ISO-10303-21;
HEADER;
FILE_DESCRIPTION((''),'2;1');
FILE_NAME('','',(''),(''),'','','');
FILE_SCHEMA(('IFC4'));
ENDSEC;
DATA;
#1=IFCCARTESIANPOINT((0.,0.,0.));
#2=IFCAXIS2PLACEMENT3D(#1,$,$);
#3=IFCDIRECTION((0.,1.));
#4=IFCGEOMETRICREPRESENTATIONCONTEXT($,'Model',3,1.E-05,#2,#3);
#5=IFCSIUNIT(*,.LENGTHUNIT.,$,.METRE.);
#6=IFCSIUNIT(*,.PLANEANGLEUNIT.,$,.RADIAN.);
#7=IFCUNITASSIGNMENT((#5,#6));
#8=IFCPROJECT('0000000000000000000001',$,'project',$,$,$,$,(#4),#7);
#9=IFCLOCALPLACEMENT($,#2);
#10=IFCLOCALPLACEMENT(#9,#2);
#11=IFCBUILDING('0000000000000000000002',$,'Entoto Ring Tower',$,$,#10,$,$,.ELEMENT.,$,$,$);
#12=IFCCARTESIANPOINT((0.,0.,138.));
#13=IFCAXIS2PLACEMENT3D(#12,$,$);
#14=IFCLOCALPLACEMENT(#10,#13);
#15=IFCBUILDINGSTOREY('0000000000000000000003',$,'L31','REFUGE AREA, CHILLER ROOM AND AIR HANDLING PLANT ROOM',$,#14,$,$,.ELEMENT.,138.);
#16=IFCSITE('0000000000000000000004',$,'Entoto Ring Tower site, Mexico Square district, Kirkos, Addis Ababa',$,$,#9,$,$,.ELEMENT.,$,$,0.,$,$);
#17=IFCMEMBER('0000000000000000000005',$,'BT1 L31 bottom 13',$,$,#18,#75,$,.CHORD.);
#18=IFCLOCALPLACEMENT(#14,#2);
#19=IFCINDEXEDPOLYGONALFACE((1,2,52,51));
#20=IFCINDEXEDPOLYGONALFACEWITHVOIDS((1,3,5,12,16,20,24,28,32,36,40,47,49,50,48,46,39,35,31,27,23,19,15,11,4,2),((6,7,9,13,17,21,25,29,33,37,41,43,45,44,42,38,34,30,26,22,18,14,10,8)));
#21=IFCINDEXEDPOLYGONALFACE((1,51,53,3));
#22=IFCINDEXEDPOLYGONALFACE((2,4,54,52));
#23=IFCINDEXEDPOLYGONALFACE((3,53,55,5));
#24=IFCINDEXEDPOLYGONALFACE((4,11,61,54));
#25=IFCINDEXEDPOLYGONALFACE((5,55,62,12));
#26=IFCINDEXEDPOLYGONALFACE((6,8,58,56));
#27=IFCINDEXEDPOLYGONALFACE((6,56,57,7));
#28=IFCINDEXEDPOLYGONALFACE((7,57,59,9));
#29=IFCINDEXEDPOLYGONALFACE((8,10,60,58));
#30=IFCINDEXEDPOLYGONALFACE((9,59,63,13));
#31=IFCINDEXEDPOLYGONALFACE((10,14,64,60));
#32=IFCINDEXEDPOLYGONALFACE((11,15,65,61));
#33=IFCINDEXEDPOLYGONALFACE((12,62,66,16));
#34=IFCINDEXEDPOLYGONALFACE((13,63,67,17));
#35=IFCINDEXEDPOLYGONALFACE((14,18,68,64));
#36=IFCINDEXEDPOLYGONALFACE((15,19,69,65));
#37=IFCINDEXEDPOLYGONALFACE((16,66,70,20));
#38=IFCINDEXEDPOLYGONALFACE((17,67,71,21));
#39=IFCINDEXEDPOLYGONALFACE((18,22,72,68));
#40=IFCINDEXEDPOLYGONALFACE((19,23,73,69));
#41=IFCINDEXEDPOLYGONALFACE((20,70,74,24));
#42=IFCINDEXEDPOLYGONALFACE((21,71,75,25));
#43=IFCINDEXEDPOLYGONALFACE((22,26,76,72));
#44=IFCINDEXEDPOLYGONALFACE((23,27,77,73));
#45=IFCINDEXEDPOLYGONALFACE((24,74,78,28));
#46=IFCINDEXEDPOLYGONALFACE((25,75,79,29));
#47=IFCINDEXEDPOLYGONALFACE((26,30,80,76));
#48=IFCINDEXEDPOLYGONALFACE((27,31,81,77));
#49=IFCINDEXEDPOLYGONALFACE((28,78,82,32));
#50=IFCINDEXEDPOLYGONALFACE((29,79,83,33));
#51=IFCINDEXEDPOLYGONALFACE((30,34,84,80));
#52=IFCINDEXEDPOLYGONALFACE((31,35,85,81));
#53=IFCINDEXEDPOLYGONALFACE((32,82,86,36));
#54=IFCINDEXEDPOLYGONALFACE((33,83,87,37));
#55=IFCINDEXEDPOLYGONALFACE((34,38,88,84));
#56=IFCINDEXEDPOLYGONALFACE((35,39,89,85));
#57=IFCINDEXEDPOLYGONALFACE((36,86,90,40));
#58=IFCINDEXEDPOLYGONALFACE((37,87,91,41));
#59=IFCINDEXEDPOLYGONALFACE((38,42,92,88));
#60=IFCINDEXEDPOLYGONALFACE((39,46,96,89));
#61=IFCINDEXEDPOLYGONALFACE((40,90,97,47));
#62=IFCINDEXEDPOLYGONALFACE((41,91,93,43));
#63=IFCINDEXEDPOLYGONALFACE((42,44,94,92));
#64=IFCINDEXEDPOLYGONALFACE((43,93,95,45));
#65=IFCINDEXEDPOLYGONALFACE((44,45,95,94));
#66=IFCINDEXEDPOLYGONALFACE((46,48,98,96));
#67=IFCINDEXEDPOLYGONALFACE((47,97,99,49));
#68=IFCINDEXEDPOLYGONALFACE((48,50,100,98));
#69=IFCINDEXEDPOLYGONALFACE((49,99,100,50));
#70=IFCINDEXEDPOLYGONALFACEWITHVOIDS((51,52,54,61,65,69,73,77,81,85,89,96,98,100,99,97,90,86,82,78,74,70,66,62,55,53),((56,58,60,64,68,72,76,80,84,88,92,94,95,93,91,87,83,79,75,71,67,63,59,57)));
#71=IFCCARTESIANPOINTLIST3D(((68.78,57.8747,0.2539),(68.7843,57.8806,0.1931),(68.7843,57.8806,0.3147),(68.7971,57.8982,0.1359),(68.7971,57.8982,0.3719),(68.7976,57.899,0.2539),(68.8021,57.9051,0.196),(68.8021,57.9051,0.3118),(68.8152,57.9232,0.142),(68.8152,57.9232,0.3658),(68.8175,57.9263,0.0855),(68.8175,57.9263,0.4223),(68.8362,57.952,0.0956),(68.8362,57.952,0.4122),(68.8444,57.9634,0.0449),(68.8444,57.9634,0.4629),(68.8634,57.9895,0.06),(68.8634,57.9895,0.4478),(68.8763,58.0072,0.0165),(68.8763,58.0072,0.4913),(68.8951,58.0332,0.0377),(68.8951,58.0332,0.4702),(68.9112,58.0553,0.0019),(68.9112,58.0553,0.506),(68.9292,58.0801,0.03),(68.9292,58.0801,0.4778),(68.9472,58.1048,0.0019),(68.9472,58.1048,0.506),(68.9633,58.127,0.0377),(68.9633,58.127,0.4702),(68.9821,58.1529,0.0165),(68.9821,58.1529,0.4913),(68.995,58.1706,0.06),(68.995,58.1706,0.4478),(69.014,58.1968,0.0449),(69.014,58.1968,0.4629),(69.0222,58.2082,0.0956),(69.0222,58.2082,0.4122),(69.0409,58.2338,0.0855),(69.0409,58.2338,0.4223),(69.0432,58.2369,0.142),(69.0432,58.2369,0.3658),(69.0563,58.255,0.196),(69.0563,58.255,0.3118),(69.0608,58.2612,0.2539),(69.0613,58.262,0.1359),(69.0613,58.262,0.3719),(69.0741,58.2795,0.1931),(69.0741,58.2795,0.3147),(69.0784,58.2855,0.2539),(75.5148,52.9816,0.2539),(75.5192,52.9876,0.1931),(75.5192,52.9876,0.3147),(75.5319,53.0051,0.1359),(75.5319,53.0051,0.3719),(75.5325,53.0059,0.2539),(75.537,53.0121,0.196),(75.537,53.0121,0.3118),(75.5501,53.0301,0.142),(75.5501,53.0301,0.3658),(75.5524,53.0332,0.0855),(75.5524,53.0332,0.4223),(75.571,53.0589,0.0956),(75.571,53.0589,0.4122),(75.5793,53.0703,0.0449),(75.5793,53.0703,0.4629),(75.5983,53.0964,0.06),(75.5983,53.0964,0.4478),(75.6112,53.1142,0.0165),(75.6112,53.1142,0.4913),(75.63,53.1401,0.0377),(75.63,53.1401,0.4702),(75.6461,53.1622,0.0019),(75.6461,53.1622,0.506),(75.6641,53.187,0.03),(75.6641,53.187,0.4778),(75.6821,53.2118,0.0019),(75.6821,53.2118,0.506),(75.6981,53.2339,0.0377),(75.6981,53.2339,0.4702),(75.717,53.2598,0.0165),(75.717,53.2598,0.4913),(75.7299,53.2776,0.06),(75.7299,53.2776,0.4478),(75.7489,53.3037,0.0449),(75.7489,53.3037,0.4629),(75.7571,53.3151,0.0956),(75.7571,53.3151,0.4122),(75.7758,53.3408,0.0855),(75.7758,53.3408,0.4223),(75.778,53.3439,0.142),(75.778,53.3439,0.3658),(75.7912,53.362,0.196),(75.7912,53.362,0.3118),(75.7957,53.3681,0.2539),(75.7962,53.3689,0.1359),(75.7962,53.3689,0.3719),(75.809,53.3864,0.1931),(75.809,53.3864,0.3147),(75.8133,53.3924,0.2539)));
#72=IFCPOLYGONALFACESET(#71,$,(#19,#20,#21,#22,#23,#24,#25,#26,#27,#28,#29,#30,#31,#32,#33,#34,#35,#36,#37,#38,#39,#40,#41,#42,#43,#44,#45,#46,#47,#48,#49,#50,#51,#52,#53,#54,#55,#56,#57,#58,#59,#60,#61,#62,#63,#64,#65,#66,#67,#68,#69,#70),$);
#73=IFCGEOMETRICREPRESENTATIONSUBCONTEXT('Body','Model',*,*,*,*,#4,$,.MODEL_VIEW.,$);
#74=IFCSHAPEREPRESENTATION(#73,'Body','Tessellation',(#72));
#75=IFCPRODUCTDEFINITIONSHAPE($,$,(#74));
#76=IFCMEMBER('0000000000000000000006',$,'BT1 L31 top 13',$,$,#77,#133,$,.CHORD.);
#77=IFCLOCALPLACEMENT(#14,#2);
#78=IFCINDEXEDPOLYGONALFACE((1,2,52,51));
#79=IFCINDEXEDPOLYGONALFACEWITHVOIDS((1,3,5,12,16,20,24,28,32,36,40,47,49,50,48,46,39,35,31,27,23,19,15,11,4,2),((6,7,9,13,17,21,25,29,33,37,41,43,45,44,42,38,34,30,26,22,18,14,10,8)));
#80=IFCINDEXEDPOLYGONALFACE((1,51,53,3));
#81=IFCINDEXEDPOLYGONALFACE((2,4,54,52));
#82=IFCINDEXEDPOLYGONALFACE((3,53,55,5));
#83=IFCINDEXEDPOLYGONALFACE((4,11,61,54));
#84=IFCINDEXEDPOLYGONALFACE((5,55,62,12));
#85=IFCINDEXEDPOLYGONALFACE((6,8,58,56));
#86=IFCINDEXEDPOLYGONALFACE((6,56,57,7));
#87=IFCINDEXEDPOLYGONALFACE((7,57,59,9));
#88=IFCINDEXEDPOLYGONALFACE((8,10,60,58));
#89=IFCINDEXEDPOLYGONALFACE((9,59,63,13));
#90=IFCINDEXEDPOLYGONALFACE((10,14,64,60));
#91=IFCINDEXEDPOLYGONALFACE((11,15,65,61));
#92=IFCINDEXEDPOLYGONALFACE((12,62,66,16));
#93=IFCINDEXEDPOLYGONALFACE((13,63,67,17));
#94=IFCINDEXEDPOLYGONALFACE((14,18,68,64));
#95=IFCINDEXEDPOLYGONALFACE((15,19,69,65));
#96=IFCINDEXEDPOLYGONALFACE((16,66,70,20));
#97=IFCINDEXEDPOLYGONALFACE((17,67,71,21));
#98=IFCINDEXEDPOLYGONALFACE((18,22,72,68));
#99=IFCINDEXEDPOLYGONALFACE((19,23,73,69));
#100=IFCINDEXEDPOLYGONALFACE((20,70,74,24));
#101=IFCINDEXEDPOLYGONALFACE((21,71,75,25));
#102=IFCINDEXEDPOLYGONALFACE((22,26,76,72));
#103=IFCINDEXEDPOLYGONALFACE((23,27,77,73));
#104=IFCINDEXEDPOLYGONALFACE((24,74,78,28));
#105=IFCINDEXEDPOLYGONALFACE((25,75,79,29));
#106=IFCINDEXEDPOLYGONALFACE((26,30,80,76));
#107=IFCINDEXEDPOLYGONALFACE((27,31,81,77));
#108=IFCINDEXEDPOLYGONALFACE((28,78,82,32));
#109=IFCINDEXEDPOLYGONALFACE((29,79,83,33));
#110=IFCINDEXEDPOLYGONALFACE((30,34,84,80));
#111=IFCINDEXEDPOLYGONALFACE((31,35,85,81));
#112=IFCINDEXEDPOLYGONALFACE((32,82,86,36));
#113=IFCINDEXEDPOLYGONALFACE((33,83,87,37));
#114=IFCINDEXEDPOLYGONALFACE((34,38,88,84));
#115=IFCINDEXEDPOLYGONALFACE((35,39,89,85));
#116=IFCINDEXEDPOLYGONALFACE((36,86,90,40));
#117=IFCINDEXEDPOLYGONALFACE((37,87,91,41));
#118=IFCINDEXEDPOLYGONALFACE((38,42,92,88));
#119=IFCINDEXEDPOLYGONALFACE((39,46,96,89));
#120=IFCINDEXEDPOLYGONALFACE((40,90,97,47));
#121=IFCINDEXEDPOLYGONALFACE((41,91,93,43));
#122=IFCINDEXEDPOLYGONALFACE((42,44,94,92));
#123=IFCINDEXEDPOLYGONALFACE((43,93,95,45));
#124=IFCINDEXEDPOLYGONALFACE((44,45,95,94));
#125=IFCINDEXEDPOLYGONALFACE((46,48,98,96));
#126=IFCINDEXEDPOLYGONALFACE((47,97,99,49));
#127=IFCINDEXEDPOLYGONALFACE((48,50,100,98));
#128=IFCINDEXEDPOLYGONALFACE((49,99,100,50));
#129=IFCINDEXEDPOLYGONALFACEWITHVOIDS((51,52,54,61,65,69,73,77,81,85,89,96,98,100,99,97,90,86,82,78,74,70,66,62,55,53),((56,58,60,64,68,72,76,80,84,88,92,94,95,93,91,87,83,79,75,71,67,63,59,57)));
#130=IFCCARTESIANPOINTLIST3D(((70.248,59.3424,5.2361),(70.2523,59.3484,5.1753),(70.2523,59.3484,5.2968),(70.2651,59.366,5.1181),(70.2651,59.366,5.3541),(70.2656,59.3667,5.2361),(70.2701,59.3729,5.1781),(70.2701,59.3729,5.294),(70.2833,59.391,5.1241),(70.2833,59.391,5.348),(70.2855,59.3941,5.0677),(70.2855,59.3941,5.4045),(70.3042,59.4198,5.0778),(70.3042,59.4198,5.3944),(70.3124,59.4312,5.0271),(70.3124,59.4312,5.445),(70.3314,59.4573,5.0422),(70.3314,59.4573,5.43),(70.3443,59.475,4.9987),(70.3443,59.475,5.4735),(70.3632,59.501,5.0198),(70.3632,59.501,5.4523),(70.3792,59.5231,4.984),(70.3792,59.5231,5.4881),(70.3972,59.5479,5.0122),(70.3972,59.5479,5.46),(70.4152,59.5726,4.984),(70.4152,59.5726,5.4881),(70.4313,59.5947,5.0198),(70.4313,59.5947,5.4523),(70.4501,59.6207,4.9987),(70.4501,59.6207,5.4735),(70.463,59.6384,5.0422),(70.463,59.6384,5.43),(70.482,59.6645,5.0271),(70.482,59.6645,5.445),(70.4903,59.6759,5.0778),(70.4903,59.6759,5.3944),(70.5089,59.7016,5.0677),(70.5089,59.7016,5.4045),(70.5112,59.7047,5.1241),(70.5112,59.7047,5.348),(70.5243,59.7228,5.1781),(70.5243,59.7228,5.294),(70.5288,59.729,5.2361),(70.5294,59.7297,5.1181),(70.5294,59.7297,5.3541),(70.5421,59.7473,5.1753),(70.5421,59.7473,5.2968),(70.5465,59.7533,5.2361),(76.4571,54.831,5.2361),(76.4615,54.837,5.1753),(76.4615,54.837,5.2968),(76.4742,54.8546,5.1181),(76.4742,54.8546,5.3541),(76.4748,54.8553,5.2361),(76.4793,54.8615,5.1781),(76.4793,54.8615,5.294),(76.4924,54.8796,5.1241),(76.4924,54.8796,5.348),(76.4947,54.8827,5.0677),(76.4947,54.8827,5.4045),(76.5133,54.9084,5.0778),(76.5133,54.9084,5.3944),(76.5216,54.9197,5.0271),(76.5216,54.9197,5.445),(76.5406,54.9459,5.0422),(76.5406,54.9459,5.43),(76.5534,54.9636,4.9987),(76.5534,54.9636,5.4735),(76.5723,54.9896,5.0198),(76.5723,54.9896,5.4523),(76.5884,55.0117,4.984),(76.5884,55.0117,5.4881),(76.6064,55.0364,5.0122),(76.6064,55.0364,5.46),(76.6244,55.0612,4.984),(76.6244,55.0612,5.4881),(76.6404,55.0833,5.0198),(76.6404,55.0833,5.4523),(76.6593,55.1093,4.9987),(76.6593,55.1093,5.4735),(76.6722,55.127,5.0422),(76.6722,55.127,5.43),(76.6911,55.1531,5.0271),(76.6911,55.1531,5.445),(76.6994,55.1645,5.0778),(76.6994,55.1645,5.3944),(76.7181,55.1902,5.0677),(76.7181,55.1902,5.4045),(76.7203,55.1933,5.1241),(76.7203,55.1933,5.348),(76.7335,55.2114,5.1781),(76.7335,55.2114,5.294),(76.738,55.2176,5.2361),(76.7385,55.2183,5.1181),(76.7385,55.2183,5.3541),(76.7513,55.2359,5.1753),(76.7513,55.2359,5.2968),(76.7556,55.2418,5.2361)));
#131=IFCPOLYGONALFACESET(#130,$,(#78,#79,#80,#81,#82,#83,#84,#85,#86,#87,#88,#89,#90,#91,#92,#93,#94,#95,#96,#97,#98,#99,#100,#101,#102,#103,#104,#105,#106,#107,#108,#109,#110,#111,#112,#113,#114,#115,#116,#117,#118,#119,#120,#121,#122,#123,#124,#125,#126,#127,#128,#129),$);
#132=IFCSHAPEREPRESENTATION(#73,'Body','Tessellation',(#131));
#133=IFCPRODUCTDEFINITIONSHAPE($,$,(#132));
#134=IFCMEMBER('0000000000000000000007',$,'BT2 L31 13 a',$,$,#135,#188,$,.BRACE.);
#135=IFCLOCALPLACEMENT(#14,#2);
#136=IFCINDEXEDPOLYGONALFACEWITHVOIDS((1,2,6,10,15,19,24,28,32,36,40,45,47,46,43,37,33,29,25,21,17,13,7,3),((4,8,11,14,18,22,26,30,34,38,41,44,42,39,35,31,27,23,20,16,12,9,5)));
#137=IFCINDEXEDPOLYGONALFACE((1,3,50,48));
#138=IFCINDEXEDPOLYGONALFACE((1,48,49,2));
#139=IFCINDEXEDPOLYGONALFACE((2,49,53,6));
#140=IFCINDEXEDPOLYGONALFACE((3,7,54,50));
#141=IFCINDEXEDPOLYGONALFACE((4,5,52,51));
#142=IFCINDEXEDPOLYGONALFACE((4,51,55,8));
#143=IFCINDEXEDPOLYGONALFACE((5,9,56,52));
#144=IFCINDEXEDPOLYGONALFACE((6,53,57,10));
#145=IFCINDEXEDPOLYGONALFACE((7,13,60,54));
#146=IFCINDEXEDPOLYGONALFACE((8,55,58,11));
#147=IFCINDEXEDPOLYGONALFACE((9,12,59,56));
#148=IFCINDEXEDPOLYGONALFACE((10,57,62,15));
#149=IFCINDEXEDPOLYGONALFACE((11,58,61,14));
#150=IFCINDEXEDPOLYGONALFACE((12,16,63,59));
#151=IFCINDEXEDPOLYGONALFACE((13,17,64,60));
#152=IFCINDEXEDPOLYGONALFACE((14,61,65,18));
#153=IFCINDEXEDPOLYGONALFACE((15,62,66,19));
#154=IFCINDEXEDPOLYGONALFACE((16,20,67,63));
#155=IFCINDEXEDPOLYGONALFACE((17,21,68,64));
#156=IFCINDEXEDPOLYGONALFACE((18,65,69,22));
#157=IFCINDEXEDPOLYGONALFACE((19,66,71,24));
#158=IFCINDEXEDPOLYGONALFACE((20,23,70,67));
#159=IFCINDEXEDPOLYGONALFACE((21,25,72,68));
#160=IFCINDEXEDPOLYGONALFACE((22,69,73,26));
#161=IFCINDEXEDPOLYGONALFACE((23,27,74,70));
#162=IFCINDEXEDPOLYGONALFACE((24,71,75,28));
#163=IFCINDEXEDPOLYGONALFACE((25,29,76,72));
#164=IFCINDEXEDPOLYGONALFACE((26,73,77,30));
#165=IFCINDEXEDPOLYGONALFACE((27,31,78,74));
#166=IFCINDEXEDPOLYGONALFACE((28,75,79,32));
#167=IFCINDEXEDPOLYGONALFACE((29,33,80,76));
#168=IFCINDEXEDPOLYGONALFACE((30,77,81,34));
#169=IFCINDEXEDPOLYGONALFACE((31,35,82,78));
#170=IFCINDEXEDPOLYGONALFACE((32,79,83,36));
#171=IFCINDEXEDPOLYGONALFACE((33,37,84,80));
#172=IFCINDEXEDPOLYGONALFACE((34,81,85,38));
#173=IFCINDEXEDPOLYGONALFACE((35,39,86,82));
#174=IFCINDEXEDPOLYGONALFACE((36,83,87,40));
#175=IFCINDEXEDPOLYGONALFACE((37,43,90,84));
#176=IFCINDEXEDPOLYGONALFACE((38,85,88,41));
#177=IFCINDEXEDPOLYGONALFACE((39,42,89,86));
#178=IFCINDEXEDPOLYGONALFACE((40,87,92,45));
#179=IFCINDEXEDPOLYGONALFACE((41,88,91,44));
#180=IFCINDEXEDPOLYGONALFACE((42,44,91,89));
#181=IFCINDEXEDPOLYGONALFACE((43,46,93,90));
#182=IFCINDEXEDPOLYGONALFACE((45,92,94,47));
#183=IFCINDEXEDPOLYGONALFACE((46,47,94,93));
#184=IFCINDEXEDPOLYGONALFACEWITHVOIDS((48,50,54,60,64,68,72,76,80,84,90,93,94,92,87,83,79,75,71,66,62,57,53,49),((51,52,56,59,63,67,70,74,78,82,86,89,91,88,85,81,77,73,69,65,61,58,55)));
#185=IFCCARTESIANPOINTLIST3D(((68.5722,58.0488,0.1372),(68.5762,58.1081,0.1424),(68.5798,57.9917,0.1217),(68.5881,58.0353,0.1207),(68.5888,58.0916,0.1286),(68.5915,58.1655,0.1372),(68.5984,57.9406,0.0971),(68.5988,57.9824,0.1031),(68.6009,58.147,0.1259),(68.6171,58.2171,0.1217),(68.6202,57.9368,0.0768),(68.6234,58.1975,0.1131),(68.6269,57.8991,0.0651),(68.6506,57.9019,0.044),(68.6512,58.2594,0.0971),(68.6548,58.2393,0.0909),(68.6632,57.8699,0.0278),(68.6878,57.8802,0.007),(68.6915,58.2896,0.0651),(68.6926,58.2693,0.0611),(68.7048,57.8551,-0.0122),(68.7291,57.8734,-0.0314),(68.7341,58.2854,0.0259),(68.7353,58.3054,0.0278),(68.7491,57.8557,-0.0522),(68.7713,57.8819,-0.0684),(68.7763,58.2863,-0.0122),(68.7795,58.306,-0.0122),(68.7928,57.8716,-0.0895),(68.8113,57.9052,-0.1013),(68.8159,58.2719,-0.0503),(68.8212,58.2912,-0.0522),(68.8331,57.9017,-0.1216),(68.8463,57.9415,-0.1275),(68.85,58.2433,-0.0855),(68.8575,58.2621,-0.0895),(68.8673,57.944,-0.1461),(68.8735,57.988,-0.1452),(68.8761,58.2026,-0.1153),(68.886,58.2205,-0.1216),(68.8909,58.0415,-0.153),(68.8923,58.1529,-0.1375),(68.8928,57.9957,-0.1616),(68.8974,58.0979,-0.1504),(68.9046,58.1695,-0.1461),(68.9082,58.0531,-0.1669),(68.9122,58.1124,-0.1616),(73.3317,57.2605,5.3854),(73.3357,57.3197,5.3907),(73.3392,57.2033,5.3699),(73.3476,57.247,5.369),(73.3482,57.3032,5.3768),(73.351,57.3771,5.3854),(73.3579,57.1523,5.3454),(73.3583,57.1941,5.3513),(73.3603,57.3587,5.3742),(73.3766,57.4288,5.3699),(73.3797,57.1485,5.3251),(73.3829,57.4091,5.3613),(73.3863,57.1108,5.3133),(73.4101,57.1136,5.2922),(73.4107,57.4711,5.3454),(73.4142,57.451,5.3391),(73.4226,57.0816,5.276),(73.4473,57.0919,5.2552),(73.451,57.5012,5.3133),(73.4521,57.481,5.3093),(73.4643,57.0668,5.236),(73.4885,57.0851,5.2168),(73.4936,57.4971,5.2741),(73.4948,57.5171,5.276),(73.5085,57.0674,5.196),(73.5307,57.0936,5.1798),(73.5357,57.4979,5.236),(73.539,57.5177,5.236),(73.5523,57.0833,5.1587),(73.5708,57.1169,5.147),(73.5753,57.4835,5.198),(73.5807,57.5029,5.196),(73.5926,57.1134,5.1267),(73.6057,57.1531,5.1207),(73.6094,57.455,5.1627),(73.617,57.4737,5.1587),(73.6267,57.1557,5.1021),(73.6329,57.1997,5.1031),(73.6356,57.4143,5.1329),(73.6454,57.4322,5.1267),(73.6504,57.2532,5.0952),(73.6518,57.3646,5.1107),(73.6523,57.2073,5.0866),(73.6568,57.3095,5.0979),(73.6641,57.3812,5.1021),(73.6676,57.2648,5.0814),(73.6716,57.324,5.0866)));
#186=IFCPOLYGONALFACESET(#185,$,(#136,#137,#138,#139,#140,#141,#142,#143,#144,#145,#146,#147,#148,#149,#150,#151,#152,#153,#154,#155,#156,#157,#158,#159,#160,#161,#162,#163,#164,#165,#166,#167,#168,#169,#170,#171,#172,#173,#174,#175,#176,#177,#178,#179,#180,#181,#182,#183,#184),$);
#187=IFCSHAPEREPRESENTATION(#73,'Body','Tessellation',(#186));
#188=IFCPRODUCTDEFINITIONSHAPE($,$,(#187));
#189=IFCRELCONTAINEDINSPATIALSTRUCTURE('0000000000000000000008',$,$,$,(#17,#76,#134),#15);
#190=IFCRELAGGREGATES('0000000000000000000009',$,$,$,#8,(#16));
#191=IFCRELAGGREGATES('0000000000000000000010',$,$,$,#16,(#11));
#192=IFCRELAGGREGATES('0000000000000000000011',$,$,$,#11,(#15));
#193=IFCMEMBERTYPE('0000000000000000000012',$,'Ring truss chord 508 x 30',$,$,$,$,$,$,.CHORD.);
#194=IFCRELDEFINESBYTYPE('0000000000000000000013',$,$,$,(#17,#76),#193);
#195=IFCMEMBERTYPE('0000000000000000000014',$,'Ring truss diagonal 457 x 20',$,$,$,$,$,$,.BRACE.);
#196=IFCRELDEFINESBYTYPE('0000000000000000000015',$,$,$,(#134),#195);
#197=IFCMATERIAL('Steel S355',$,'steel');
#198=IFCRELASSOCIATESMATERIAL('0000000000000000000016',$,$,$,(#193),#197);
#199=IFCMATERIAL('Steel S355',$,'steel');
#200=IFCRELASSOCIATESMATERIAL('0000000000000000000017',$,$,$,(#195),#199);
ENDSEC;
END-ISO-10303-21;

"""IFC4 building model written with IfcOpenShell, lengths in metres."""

from ifc_helpers import new_model, si_unit, direction, frame, origin, origin_2d, place, context, subcontext, project, spatial, circle, hollow_circle, extrude, material, material_profile, profile_set, type_object, element, save


model = new_model("IFC4")

# Units and contexts
model_context = context("Model", 3, precision=1e-05, world=origin(), true_north=direction((0.0, 1.0)))
body_context = subcontext(model_context, "Body", "Model", "MODEL_VIEW")
ifc_project = project(units=[si_unit("LENGTHUNIT", "METRE"), si_unit("PLANEANGLEUNIT", "RADIAN")], contexts=[model_context])

# Site, building, storey
site_placement = place(None, origin())
site = spatial("IfcSite", under=ifc_project, at=site_placement, Name="Entoto Ring Tower site, Mexico Square district, Kirkos, Addis Ababa", CompositionType="ELEMENT", RefElevation=0.0)
building_placement = place(site_placement, origin())
building = spatial("IfcBuilding", under=site, at=building_placement, Name="Entoto Ring Tower", CompositionType="ELEMENT")
storey_placement = place(building_placement, frame((0.0, 0.0, 138.0)))
storey = spatial("IfcBuildingStorey", under=building, at=storey_placement, Name="L31", Description="REFUGE AREA, CHILLER ROOM AND AIR HANDLING PLANT ROOM", CompositionType="ELEMENT", Elevation=138.0)

# Members
ifc_material_1 = material(Name="Steel S355", Category="steel")
ifc_material_profile_1 = material_profile(ifc_material_1, hollow_circle(Radius=0.2539, WallThickness=0.03, at=origin_2d()), Name="CHS 508 x 30")
ifc_material_2 = material(Name="Concrete C60/75", Category="concrete")
ifc_material_profile_2 = material_profile(ifc_material_2, circle(Radius=0.2241, at=origin_2d()), Name="Concrete C60/75 infill")
ifc_profile_set_1 = profile_set([ifc_material_profile_1, ifc_material_profile_2], Name="Steel S355")
member_type_1 = type_object("IfcMemberType", Name="Ring truss chord 508 x 30", PredefinedType="CHORD", material=ifc_profile_set_1)
member_1_placement = place(storey_placement, frame((68.9292, 58.0801, 0.2539), z_axis=(0.809023, -0.587778, 0.0), x_axis=(0.587778, 0.809023, 0.0)))
element("IfcMember", 1, at=member_1_placement, inside=storey, type_object=member_type_1, Name="BT1 L31 bottom 13", PredefinedType="CHORD", context=body_context, shape_type="SweptSolid", body=[
    extrude(hollow_circle(Radius=0.2539, WallThickness=0.03, at=origin_2d()), origin(), (0.0, 0.0, 1.0), 8.3247),
])
member_2_placement = place(storey_placement, frame((70.3972, 59.5479, 5.2361), z_axis=(0.809004, -0.587803, 0.0), x_axis=(0.587803, 0.809004, 0.0)))
element("IfcMember", 2, at=member_2_placement, inside=storey, type_object=member_type_1, Name="BT1 L31 top 13", PredefinedType="CHORD", context=body_context, shape_type="SweptSolid", body=[
    extrude(hollow_circle(Radius=0.2539, WallThickness=0.03, at=origin_2d()), origin(), (0.0, 0.0, 1.0), 7.675),
])
ifc_material_3 = material(Name="Steel S355", Category="steel")
ifc_material_profile_3 = material_profile(ifc_material_3, hollow_circle(Radius=0.2285, WallThickness=0.02, at=origin_2d()), Name="CHS 457 x 20")
ifc_material_4 = material(Name="Concrete C60/75", Category="concrete")
ifc_material_profile_4 = material_profile(ifc_material_4, circle(Radius=0.2085, at=origin_2d()), Name="Concrete C60/75 infill")
ifc_profile_set_2 = profile_set([ifc_material_profile_3, ifc_material_profile_4], Name="Steel S355")
member_type_2 = type_object("IfcMemberType", Name="Ring truss diagonal 457 x 20", PredefinedType="BRACE", material=ifc_profile_set_2)
member_3_placement = place(storey_placement, frame((68.7422, 58.0806, -0.0122), z_axis=(0.667652, -0.110585, 0.736215), x_axis=(0.163406, 0.986559, 0.0)))
element("IfcMember", 3, at=member_3_placement, inside=storey, type_object=member_type_2, Name="BT2 L31 13 a", PredefinedType="BRACE", context=body_context, shape_type="SweptSolid", body=[
    extrude(hollow_circle(Radius=0.2285, WallThickness=0.02, at=origin_2d()), origin(), (0.0, 0.0, 1.0), 7.1287),
])

save(model, "model.ifc")
